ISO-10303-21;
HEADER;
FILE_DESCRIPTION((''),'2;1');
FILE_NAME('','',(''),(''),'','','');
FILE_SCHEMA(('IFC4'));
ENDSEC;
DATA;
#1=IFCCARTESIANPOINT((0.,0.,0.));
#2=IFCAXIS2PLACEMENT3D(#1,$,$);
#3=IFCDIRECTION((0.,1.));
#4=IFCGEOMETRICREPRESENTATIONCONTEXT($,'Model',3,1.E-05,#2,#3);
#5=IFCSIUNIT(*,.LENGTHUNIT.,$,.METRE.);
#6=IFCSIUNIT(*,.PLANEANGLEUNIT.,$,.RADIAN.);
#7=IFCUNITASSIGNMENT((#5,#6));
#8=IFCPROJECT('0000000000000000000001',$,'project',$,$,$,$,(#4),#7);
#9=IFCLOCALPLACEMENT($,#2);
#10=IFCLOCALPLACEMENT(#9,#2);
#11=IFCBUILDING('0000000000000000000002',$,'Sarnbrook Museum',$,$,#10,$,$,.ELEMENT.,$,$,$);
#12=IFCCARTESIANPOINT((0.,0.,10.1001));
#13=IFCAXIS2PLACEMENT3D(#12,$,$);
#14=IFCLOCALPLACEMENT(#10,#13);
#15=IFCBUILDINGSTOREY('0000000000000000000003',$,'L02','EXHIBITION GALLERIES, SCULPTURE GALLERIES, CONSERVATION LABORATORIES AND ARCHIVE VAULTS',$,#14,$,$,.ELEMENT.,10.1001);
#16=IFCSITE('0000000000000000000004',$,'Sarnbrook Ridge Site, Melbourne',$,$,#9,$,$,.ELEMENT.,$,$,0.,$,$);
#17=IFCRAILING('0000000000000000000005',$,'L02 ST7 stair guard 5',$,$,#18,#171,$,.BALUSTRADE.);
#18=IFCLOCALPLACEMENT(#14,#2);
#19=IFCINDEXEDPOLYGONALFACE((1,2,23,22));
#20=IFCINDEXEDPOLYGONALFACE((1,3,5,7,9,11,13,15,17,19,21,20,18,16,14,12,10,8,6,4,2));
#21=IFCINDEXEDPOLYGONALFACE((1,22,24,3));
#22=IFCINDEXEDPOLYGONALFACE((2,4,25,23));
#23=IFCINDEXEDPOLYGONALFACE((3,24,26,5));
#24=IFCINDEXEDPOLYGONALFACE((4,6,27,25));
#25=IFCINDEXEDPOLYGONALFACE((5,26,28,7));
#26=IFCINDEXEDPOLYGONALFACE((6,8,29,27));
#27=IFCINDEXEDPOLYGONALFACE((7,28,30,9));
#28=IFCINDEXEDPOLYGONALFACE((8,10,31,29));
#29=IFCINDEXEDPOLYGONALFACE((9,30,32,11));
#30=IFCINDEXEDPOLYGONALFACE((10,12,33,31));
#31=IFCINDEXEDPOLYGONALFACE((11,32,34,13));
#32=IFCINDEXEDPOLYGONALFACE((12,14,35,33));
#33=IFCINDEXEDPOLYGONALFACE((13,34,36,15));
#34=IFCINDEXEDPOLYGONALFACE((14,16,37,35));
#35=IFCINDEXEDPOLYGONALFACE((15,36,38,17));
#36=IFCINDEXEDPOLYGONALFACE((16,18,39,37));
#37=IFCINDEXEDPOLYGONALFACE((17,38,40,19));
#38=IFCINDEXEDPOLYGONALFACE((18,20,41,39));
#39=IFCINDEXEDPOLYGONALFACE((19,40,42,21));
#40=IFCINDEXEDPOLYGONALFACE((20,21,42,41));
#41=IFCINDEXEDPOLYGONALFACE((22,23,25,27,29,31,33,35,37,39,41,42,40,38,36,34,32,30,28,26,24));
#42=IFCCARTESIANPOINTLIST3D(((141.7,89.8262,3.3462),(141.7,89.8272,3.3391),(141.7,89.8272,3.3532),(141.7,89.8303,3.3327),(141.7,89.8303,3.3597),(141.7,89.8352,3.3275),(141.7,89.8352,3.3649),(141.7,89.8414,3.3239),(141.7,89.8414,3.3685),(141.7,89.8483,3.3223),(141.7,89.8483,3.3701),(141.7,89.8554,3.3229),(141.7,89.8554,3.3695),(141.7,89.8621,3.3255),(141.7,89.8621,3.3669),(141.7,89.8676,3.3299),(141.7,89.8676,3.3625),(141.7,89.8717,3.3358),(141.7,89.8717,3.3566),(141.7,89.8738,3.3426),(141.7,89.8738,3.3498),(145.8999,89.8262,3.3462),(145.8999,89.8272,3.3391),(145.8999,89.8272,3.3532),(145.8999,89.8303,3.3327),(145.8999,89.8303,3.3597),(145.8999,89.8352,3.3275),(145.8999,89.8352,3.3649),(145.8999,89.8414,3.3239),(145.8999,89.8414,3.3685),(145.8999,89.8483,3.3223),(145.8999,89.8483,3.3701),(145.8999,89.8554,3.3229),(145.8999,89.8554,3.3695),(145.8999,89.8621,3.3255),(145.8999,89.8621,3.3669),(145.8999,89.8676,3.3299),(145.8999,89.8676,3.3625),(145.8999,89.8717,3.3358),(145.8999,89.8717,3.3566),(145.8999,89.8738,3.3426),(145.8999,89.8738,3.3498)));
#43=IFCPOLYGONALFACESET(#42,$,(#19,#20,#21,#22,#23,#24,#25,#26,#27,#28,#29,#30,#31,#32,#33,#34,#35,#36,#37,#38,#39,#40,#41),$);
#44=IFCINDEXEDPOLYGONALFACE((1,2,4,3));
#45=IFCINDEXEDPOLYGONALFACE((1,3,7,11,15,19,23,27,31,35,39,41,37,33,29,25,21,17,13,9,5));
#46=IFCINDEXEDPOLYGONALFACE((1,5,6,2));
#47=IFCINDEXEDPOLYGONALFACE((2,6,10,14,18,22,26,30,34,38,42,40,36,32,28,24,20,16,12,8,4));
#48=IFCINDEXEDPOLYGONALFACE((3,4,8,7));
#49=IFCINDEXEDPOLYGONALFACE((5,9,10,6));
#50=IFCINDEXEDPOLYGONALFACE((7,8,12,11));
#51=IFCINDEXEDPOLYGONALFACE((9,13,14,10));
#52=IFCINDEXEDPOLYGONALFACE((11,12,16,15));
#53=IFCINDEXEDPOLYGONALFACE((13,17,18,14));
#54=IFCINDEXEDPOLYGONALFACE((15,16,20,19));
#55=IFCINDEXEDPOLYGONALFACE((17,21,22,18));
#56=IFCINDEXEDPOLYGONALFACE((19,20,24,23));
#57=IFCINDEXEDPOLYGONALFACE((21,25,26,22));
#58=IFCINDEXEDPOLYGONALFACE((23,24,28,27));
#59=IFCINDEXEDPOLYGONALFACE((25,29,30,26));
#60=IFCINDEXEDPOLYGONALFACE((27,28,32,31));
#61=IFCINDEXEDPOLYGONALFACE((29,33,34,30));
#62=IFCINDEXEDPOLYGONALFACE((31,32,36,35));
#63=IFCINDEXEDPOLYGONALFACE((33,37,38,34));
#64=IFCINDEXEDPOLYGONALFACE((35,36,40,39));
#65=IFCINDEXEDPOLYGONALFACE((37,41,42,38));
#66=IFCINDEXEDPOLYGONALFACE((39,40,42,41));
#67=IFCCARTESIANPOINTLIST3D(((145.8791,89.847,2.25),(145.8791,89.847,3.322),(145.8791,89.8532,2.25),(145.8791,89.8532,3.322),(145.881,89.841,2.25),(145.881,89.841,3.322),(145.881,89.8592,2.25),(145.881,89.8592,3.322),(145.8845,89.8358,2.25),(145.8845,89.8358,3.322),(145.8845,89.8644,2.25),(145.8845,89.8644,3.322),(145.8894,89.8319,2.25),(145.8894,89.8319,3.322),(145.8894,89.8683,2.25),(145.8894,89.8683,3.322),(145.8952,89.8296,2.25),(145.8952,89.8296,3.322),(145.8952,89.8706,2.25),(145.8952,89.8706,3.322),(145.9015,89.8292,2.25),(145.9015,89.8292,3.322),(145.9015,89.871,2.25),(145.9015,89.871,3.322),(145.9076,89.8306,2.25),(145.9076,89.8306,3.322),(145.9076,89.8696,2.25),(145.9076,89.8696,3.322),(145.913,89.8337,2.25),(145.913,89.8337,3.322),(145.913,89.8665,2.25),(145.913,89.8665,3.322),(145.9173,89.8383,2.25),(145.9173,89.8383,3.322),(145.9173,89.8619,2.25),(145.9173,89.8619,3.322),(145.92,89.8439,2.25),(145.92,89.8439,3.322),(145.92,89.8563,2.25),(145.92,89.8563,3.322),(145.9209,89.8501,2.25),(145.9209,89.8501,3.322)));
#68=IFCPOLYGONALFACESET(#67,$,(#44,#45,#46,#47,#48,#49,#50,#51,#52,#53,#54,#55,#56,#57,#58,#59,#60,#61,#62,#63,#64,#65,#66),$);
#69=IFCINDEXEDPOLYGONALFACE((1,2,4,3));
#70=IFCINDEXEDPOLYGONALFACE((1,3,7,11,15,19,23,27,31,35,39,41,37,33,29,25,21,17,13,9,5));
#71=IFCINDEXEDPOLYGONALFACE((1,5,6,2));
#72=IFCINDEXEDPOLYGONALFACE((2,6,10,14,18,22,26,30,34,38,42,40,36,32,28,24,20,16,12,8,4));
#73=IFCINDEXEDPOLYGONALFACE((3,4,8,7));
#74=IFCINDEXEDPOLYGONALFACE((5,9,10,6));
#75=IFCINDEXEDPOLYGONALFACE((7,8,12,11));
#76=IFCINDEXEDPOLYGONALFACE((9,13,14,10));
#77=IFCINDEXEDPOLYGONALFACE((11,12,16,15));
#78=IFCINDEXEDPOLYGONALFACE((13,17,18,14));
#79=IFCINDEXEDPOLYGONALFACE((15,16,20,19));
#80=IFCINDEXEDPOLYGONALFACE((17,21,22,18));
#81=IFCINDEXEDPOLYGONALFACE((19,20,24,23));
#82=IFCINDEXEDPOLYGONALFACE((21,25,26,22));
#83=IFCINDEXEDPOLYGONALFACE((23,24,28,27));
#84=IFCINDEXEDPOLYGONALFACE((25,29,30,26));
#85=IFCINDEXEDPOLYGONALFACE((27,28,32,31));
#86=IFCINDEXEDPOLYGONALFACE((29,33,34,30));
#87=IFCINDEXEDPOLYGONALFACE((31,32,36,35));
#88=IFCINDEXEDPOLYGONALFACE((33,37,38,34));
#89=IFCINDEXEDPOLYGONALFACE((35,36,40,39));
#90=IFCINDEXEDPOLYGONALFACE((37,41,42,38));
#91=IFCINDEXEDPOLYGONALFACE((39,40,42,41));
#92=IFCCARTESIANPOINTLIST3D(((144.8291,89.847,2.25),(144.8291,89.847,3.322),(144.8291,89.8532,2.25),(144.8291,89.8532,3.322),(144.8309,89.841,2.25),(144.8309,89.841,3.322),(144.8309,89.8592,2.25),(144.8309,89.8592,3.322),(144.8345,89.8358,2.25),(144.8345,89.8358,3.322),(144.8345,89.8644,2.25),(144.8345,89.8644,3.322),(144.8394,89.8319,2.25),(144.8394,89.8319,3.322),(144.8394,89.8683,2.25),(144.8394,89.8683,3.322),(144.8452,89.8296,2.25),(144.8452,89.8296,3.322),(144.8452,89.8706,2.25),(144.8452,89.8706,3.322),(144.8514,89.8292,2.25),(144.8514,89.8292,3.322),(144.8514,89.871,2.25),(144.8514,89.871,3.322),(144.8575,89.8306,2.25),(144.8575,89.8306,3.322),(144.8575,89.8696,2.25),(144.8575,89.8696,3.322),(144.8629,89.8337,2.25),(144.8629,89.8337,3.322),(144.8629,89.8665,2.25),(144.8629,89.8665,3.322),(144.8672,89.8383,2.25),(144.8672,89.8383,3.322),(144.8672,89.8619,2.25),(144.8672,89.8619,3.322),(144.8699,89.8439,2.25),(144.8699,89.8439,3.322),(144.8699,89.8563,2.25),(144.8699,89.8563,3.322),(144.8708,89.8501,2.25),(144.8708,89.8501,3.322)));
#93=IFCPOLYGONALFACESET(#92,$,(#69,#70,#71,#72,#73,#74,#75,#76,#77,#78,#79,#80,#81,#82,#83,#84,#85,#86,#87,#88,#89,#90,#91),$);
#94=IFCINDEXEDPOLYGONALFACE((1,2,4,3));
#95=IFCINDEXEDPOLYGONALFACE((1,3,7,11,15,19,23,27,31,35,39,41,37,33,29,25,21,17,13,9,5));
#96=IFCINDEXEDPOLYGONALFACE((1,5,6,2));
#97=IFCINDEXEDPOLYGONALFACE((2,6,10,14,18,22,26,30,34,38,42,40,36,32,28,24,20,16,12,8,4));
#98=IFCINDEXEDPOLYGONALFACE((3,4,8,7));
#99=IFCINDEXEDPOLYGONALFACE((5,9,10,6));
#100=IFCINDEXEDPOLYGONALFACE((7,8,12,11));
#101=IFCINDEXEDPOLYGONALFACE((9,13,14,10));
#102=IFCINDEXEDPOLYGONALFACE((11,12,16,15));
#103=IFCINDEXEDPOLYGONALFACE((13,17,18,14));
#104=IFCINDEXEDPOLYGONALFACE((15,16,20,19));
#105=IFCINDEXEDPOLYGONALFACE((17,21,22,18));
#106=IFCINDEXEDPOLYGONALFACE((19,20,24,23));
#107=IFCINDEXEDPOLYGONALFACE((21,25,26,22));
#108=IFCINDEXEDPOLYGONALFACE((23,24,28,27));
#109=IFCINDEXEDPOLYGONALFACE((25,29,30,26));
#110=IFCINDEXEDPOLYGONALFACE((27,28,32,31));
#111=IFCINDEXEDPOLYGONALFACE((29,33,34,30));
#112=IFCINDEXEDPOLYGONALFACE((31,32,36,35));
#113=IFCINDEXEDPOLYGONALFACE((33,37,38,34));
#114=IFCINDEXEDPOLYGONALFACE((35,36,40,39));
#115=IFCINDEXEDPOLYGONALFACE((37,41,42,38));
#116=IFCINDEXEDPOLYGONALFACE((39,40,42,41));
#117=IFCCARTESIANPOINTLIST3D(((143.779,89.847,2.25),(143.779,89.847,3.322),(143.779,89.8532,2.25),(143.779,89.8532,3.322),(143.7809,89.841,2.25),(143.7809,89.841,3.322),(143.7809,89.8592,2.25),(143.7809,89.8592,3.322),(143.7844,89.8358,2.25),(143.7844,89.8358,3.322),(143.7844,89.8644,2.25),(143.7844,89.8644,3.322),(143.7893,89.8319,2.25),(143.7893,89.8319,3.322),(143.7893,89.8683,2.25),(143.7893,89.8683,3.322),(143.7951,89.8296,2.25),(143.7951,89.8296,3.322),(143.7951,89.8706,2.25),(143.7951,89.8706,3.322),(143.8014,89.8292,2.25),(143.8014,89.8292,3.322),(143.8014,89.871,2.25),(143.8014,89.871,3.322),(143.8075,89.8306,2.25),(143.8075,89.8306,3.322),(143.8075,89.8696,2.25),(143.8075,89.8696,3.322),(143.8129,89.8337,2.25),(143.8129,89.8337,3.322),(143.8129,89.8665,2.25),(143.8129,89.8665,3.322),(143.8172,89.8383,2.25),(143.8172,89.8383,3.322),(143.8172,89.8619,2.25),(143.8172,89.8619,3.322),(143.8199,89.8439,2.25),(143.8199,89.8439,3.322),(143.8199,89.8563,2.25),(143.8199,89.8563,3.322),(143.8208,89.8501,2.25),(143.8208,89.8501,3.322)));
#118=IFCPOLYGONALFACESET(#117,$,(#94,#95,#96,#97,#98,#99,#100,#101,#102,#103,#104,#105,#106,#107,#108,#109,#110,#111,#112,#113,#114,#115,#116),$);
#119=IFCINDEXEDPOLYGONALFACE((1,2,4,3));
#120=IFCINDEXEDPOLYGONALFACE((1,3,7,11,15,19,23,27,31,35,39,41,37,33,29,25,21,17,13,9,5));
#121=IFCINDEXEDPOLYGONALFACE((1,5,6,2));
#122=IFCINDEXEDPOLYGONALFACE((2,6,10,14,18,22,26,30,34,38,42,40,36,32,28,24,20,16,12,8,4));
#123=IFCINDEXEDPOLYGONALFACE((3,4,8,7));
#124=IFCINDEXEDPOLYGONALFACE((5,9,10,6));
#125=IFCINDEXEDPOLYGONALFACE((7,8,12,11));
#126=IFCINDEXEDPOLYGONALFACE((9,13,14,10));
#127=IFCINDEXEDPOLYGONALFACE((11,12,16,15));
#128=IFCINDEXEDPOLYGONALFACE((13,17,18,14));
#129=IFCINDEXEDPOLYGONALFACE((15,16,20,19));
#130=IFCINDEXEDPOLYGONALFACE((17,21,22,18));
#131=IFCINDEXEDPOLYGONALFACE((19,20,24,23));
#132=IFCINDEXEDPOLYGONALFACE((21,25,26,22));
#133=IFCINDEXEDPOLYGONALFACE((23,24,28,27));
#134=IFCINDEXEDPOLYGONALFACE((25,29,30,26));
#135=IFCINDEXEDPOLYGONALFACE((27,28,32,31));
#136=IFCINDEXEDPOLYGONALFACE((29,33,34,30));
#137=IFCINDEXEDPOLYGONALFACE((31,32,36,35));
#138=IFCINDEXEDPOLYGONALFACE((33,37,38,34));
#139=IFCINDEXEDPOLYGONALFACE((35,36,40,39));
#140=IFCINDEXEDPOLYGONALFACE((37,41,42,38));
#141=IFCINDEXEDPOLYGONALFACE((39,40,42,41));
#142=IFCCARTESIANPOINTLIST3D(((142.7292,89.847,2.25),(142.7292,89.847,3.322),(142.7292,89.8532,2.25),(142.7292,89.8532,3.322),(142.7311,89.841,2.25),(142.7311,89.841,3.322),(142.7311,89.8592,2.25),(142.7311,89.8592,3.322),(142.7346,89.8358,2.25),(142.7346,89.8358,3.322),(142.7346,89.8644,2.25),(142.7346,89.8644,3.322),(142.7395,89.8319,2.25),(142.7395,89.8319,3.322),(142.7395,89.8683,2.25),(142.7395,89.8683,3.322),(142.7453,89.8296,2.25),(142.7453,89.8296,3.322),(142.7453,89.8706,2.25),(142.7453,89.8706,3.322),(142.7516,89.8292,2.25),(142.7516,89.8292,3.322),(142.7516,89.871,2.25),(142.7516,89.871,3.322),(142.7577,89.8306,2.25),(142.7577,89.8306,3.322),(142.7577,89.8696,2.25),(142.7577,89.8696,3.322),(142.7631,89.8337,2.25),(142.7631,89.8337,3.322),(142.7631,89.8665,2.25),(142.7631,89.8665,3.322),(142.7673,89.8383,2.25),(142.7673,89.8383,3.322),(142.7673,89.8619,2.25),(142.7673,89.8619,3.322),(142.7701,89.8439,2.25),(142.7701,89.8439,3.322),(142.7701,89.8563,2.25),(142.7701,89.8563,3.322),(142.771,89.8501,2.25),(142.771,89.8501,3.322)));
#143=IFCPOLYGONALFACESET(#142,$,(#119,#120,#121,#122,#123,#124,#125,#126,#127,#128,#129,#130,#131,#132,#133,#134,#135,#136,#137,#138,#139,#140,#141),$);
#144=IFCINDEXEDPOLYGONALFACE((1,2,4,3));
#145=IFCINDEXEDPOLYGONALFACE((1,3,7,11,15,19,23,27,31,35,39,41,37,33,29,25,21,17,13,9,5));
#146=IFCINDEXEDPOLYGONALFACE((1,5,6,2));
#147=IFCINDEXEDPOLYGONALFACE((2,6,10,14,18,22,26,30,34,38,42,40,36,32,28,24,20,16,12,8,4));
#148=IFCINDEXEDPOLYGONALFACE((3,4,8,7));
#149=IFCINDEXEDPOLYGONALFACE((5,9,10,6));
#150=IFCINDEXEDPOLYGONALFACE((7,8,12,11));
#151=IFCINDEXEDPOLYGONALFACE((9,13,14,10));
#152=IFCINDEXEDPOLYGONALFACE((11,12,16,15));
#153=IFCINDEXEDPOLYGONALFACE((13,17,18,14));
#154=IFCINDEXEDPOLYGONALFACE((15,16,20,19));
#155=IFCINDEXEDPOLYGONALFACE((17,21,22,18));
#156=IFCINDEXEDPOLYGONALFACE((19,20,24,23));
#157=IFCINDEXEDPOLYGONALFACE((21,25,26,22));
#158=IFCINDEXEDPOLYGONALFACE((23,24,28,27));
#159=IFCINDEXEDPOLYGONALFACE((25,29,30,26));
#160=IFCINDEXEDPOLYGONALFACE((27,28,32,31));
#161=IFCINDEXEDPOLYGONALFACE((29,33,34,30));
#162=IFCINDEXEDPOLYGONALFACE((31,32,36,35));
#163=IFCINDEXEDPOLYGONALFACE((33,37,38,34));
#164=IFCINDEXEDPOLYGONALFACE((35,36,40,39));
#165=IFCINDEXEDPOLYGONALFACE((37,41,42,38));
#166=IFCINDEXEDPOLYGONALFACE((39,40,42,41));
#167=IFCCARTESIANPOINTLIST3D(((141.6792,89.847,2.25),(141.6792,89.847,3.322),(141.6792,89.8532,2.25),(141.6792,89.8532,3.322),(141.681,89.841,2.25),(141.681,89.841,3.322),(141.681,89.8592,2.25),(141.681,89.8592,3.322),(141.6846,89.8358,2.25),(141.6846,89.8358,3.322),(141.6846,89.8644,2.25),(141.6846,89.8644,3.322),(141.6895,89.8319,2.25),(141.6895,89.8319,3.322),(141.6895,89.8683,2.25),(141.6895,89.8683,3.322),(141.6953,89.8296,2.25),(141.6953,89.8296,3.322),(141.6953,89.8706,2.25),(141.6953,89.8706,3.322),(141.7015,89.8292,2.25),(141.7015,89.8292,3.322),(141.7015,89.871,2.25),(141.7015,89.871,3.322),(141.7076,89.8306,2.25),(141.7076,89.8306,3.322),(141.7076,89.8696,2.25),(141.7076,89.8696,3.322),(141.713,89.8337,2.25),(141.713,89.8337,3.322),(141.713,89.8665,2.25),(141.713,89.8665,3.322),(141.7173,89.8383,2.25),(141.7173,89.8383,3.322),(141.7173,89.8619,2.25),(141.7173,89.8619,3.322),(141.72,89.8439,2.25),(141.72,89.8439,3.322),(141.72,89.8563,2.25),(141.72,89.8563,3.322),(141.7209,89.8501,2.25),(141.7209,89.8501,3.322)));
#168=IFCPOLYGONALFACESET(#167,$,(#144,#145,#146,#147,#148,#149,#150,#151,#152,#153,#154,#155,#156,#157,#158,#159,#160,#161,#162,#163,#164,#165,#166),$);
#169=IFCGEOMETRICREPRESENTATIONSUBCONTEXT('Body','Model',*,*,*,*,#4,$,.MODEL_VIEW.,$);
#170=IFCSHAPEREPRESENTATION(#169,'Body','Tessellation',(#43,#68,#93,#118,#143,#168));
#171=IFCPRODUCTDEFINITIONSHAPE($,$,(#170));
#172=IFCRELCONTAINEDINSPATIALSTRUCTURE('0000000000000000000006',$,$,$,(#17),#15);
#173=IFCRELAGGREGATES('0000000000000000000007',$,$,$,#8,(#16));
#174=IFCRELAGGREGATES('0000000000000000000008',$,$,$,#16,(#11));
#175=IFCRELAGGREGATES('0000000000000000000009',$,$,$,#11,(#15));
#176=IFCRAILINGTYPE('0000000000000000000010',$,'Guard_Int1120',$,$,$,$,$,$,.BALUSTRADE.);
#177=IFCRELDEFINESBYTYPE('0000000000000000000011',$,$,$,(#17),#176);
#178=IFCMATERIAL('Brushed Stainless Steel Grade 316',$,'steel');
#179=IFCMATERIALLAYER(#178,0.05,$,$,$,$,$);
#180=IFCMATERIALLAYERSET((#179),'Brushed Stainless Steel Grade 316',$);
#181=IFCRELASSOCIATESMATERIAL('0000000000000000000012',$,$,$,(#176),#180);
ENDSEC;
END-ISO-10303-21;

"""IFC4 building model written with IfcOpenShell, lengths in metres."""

from ifc_helpers import new_model, si_unit, direction, frame, origin, origin_2d, place, context, subcontext, project, spatial, circle, extrude, material, layer, layer_set, type_object, element, save


model = new_model("IFC4")

# Units and contexts
model_context = context("Model", 3, precision=1e-05, world=origin(), true_north=direction((0.0, 1.0)))
body_context = subcontext(model_context, "Body", "Model", "MODEL_VIEW")
ifc_project = project(units=[si_unit("LENGTHUNIT", "METRE"), si_unit("PLANEANGLEUNIT", "RADIAN")], contexts=[model_context])

# Site, building, storey
site_placement = place(None, origin())
site = spatial("IfcSite", under=ifc_project, at=site_placement, Name="Sarnbrook Ridge Site, Melbourne", CompositionType="ELEMENT", RefElevation=0.0)
building_placement = place(site_placement, origin())
building = spatial("IfcBuilding", under=site, at=building_placement, Name="Sarnbrook Museum", CompositionType="ELEMENT")
storey_placement = place(building_placement, frame((0.0, 0.0, 10.1001)))
storey = spatial("IfcBuildingStorey", under=building, at=storey_placement, Name="L02", Description="EXHIBITION GALLERIES, SCULPTURE GALLERIES, CONSERVATION LABORATORIES AND ARCHIVE VAULTS", CompositionType="ELEMENT", Elevation=10.1001)

# Railing
ifc_material_1 = material(Name="Brushed Stainless Steel Grade 316", Category="steel")
ifc_layer_1 = layer(ifc_material_1, 0.05)
ifc_layer_set_1 = layer_set([ifc_layer_1], Name="Brushed Stainless Steel Grade 316")
railing_type_1 = type_object("IfcRailingType", Name="Guard_Int1120", PredefinedType="BALUSTRADE", material=ifc_layer_set_1)
railing_1_placement = place(storey_placement, frame((145.8999, 89.8501, 2.25)))
element("IfcRailing", 1, at=railing_1_placement, inside=storey, type_object=railing_type_1, Name="L02 ST7 stair guard 5", PredefinedType="BALUSTRADE", context=body_context, shape_type="SweptSolid", body=[
    extrude(circle(Radius=0.0239, at=origin_2d()), frame((0.0, 0.0, 1.0962), z_axis=(-1.0, 0.0, 0.0), x_axis=(0.0, -1.0, 0.0)), (0.0, 0.0, 1.0), 4.2),
    extrude(circle(Radius=0.021, at=origin_2d()), origin(), (0.0, 0.0, 1.0), 1.072),
    extrude(circle(Radius=0.021, at=origin_2d()), frame((-1.05, 0.0, 0.0)), (0.0, 0.0, 1.0), 1.072),
    extrude(circle(Radius=0.021, at=origin_2d()), frame((-2.1001, 0.0, 0.0)), (0.0, 0.0, 1.0), 1.072),
    extrude(circle(Radius=0.021, at=origin_2d()), frame((-3.1499, 0.0, 0.0)), (0.0, 0.0, 1.0), 1.072),
    extrude(circle(Radius=0.021, at=origin_2d()), frame((-4.2, 0.0, 0.0)), (0.0, 0.0, 1.0), 1.072),
])

save(model, "model.ifc")
